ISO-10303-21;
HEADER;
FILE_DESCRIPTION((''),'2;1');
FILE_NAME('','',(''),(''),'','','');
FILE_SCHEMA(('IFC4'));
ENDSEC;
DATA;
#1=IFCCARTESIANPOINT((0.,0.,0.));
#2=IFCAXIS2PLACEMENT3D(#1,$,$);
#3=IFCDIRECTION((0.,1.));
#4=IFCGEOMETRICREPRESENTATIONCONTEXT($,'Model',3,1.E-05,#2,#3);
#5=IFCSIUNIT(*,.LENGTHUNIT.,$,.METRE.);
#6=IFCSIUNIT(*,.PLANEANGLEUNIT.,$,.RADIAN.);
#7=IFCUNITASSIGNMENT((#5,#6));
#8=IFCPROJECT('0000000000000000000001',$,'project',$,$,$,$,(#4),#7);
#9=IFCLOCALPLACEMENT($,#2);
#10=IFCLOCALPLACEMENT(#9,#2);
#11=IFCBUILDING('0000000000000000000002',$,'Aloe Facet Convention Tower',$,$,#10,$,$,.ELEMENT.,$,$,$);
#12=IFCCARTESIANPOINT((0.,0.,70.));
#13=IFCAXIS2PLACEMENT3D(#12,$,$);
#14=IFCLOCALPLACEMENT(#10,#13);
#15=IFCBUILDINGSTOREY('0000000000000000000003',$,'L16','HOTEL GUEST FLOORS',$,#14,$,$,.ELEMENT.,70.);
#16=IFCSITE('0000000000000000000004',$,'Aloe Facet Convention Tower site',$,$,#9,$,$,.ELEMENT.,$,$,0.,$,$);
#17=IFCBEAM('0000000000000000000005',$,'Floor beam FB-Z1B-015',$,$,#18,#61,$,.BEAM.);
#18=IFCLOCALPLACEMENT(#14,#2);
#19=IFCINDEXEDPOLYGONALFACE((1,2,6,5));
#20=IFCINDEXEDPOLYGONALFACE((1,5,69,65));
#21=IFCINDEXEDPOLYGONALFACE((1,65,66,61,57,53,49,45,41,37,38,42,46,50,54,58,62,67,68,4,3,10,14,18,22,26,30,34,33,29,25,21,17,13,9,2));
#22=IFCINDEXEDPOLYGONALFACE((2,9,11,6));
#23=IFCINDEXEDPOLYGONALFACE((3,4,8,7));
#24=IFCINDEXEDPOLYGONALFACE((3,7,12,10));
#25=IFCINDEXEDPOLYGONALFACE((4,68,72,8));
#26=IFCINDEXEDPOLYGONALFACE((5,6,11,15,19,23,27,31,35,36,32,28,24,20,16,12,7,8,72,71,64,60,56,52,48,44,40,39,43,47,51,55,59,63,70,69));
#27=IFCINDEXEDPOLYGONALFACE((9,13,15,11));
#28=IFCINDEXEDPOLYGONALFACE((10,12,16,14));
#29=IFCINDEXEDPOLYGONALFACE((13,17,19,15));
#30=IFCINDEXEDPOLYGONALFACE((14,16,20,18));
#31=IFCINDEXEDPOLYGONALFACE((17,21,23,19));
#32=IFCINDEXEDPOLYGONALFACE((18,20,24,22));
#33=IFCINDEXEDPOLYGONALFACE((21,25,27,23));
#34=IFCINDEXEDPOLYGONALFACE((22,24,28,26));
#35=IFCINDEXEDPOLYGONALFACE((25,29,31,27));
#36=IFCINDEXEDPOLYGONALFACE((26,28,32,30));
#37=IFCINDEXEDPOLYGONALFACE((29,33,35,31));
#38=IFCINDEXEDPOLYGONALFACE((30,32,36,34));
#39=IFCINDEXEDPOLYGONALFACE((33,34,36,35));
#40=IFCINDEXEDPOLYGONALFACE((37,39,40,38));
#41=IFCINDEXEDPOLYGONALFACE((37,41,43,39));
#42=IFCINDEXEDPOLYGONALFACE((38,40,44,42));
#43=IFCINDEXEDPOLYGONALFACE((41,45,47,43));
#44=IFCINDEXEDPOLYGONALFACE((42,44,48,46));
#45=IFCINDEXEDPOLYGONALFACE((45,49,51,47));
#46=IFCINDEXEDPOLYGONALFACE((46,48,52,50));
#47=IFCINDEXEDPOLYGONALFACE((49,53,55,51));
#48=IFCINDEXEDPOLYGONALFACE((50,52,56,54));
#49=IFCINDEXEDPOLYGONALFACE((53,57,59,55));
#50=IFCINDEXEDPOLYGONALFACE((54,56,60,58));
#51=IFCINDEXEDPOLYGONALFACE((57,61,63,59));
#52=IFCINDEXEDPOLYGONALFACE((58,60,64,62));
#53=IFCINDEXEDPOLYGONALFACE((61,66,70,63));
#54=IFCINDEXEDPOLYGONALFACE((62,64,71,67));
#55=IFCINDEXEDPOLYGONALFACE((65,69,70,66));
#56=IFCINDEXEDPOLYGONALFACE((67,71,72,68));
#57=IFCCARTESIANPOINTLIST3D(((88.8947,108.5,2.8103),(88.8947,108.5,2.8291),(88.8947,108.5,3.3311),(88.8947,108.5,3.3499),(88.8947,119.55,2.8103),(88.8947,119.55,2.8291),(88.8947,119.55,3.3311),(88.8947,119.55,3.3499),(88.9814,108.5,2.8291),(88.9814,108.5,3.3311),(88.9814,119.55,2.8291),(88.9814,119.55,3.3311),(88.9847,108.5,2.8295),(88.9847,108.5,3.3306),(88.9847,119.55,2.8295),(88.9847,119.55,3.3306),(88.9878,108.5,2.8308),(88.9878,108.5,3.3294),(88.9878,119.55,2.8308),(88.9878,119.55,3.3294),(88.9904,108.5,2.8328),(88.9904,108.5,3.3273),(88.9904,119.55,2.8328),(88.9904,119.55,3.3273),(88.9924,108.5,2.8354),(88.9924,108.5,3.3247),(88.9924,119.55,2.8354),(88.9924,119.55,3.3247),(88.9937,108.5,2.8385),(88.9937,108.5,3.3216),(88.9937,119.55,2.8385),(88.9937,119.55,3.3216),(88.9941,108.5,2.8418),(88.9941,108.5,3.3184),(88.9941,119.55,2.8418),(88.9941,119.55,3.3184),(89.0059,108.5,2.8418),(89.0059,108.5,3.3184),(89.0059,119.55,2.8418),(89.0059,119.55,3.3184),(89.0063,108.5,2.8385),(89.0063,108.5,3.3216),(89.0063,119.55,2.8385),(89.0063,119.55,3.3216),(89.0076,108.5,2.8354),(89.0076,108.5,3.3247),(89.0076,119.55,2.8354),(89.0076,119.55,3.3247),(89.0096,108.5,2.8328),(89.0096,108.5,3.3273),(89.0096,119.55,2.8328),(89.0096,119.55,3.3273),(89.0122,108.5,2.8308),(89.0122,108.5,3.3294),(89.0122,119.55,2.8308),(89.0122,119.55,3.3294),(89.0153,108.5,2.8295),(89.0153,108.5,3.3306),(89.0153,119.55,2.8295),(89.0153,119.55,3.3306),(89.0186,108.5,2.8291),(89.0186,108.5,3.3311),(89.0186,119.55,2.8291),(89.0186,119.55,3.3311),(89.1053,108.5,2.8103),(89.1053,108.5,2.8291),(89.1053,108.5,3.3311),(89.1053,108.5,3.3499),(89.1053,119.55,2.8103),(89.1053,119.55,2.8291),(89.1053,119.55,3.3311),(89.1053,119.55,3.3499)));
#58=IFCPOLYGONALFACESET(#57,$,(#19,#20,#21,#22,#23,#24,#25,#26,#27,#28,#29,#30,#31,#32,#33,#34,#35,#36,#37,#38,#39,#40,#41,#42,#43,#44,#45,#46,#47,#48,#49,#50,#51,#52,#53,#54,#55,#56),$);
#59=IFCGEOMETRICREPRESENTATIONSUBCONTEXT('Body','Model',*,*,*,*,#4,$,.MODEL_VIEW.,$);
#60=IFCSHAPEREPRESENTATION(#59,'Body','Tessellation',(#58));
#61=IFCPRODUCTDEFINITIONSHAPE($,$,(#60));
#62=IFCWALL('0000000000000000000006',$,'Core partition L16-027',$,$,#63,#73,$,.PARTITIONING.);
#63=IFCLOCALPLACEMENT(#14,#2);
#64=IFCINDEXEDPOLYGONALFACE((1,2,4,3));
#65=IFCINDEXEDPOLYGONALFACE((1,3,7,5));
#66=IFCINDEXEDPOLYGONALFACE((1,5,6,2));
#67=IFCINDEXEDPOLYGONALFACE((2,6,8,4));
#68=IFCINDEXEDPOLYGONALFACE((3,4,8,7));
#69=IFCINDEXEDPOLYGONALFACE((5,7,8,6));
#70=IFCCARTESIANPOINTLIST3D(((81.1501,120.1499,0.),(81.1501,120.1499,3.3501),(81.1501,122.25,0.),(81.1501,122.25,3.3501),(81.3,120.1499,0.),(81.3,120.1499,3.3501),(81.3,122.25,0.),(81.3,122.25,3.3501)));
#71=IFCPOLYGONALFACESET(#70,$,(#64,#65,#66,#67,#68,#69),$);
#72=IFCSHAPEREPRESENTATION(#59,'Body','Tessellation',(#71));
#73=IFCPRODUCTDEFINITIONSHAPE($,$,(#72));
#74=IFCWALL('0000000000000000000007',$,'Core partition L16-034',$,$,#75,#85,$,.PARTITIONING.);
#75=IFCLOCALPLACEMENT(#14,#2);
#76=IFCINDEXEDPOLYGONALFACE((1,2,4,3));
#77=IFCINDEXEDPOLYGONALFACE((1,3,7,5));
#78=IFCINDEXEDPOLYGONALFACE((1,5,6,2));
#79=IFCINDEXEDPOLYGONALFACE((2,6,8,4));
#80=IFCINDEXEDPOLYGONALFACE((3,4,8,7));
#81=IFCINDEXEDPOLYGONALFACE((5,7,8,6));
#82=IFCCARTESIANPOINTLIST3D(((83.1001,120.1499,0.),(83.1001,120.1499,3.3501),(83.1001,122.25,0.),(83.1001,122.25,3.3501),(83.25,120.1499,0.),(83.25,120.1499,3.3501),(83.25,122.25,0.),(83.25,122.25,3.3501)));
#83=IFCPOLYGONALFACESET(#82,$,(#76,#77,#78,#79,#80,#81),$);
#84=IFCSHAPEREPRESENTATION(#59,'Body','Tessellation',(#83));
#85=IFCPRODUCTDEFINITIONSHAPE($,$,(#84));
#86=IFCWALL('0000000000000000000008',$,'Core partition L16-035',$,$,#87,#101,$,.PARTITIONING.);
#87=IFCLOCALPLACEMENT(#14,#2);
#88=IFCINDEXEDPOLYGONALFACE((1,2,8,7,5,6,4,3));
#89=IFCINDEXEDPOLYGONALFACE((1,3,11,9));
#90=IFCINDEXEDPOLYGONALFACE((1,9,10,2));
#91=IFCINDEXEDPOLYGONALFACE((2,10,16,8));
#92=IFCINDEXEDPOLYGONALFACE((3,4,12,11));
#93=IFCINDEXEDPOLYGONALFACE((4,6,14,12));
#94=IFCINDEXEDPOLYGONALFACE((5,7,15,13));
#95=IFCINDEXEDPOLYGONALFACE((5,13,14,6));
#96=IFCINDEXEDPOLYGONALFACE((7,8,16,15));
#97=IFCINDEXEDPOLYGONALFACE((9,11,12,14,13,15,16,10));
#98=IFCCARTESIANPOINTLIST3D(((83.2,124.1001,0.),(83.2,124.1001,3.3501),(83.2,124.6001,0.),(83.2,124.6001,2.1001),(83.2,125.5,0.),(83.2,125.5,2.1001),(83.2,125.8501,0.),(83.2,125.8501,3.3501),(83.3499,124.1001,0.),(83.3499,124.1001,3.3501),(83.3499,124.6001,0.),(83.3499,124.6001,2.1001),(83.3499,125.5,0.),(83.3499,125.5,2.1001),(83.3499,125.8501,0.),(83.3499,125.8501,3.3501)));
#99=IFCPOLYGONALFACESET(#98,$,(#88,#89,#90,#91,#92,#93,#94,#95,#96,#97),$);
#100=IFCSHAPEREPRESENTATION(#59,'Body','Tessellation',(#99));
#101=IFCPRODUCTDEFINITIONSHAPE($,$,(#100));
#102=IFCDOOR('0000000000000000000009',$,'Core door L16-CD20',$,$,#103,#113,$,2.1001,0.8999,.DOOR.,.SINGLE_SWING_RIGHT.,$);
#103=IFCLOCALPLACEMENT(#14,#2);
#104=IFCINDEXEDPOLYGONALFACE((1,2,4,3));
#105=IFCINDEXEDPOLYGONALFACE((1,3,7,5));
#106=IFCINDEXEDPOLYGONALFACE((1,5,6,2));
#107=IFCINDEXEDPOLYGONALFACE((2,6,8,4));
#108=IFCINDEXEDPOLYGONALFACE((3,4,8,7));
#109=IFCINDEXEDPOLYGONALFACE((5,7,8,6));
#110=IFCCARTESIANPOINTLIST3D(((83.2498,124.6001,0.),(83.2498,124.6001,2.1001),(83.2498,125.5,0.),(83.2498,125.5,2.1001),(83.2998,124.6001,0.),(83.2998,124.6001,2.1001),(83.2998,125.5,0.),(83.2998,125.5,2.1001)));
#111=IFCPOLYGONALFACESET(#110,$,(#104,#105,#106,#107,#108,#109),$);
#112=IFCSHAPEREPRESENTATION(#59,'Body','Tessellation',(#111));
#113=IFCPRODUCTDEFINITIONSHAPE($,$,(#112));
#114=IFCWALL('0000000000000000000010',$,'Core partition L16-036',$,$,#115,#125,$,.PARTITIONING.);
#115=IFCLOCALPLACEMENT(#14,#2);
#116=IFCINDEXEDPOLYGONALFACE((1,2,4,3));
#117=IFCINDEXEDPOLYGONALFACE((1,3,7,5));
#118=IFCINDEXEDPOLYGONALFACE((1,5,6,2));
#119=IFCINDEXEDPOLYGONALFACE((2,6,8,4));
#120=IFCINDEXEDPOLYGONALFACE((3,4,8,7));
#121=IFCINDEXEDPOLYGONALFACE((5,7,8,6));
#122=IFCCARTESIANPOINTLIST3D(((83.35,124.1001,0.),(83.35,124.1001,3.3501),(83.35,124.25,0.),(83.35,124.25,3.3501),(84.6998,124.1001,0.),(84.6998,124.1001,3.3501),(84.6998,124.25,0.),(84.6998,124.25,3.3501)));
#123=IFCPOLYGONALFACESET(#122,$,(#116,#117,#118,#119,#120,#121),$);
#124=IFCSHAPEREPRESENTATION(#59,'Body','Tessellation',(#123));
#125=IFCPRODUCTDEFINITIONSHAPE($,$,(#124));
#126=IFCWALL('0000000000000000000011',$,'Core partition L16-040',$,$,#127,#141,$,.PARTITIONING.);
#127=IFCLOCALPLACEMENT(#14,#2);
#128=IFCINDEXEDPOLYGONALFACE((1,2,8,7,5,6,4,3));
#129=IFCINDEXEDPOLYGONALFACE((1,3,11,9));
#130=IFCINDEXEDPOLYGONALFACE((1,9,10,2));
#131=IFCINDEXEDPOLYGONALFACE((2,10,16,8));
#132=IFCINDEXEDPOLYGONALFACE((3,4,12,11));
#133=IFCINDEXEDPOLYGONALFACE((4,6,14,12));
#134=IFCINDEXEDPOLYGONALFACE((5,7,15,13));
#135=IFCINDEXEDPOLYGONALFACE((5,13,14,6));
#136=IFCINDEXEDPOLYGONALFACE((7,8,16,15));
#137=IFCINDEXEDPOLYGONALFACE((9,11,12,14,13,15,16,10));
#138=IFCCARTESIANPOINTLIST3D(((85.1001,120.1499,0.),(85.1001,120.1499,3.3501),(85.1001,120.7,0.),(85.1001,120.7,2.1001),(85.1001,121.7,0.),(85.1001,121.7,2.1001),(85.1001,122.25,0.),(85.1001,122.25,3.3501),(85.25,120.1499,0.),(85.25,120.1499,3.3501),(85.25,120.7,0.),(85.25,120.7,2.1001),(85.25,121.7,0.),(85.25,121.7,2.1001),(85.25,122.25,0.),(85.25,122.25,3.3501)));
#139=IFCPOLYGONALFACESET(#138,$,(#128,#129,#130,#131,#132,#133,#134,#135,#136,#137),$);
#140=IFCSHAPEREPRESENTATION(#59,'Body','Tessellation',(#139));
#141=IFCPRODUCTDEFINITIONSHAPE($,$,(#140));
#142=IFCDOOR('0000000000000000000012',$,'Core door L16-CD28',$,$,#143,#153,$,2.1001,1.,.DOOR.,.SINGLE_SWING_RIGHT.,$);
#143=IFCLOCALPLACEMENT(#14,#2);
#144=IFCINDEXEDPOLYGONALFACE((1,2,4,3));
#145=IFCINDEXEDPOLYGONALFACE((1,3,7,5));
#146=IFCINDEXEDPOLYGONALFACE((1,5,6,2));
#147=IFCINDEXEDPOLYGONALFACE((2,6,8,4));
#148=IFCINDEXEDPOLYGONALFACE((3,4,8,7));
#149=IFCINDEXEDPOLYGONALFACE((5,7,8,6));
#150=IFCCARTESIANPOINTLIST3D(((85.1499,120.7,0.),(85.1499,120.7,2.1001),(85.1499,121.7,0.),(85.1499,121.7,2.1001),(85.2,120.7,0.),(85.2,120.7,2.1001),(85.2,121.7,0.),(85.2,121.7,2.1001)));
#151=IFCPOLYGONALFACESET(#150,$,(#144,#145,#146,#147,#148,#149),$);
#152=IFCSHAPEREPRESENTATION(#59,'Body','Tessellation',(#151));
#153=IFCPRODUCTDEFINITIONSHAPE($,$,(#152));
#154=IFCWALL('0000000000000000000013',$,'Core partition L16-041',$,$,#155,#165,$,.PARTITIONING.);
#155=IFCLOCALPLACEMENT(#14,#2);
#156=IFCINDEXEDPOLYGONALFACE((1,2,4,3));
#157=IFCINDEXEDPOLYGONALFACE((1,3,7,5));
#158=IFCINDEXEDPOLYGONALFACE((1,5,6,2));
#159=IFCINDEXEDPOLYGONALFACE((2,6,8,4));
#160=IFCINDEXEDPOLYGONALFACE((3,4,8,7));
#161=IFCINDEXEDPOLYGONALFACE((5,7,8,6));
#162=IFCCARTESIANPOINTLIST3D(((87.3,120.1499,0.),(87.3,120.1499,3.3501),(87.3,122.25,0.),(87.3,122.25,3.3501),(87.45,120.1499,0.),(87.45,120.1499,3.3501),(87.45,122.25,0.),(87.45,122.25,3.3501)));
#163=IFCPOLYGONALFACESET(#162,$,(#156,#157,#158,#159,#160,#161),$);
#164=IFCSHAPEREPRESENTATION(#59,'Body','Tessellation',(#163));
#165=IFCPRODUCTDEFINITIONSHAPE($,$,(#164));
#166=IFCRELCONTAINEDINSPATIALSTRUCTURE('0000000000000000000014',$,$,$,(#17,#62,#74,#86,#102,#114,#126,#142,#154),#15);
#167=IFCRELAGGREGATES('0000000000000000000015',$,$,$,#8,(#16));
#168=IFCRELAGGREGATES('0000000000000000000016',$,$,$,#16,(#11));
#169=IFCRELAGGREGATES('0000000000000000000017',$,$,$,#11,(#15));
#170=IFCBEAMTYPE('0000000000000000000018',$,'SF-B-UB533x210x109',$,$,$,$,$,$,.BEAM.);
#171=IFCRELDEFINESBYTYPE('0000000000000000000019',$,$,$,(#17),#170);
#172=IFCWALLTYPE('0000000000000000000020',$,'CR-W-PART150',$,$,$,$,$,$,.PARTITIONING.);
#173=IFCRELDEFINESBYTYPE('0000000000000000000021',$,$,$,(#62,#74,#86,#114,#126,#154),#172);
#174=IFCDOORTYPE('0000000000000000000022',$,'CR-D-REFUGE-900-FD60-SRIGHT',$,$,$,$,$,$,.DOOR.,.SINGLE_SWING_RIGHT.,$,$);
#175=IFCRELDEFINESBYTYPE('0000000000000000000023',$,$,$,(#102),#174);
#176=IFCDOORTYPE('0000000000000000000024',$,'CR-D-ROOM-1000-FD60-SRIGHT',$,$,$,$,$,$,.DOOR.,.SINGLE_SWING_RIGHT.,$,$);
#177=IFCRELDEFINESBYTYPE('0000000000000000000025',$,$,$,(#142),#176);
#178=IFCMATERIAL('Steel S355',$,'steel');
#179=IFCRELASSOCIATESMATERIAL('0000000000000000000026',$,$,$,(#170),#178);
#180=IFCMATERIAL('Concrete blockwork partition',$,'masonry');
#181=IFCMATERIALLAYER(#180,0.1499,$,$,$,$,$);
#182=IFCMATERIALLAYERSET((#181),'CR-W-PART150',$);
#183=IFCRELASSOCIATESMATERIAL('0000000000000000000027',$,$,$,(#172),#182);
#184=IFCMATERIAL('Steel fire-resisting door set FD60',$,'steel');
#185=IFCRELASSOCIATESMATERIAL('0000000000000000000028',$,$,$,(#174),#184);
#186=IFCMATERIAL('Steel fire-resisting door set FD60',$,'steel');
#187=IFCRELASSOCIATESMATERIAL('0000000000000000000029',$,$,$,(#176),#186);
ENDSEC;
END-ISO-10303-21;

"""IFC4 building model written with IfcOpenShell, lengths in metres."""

from ifc_helpers import new_model, si_unit, direction, frame, frame_2d, origin, origin_2d, place, context, subcontext, project, spatial, rectangle, i_section, extrude, material, layer, layer_set, material_profile, profile_set, type_object, element, fill, save


model = new_model("IFC4")

# Units and contexts
model_context = context("Model", 3, precision=1e-05, world=origin(), true_north=direction((0.0, 1.0)))
body_context = subcontext(model_context, "Body", "Model", "MODEL_VIEW")
ifc_project = project(units=[si_unit("LENGTHUNIT", "METRE"), si_unit("PLANEANGLEUNIT", "RADIAN")], contexts=[model_context])

# Site, building, storey
site_placement = place(None, origin())
site = spatial("IfcSite", under=ifc_project, at=site_placement, Name="Aloe Facet Convention Tower site", CompositionType="ELEMENT", RefElevation=0.0)
building_placement = place(site_placement, origin())
building = spatial("IfcBuilding", under=site, at=building_placement, Name="Aloe Facet Convention Tower", CompositionType="ELEMENT")
storey_placement = place(building_placement, frame((0.0, 0.0, 70.0)))
storey = spatial("IfcBuildingStorey", under=building, at=storey_placement, Name="L16", Description="HOTEL GUEST FLOORS", CompositionType="ELEMENT", Elevation=70.0)

# Beam
ifc_material_1 = material(Name="Steel S355", Category="steel")
ifc_material_profile = material_profile(ifc_material_1, i_section(OverallWidth=0.2107, OverallDepth=0.5396, WebThickness=0.0117, FlangeThickness=0.0188, FilletRadius=0.0127, at=origin_2d()), Name="UB 533x210x109")
ifc_profile_set = profile_set([ifc_material_profile], Name="Steel S355")
beam_type = type_object("IfcBeamType", Name="SF-B-UB533x210x109", PredefinedType="BEAM", material=ifc_profile_set)
beam_placement = place(storey_placement, frame((89.0, 119.55, 3.0801), z_axis=(0.0, -1.0, 0.0), x_axis=(1.0, 0.0, 0.0)))
element("IfcBeam", 1, at=beam_placement, inside=storey, type_object=beam_type, Name="Floor beam FB-Z1B-015", PredefinedType="BEAM", context=body_context, shape_type="SweptSolid", body=[
    extrude(i_section(OverallWidth=0.2107, OverallDepth=0.5396, WebThickness=0.0117, FlangeThickness=0.0188, FilletRadius=0.0127, at=origin_2d()), origin(), (0.0, 0.0, 1.0), 11.05),
])

# Walls
ifc_material_2 = material(Name="Concrete blockwork partition", Category="masonry")
ifc_layer_1 = layer(ifc_material_2, 0.1499)
ifc_layer_set_1 = layer_set([ifc_layer_1], Name="CR-W-PART150")
wall_type_1 = type_object("IfcWallType", Name="CR-W-PART150", PredefinedType="PARTITIONING", material=ifc_layer_set_1)
for number, where, z_axis, x_axis, name in (
    (2, (81.2251, 122.25, 0.0), (0.0, 0.0, 1.0), (0.0, -1.0, 0.0), "Core partition L16-027"),
    (3, (83.175, 122.25, 0.0), (0.0, 0.0, 1.0), (0.0, -1.0, 0.0), "Core partition L16-034"),
):
    element("IfcWall", number, at=place(storey_placement, frame(where, z_axis=z_axis, x_axis=x_axis)), inside=storey, type_object=wall_type_1, Name=name, PredefinedType="PARTITIONING", context=body_context, shape_type="SweptSolid", body=[
        extrude(rectangle(XDim=2.1001, YDim=0.1499, at=frame_2d((1.05, 0.0))), origin(), (0.0, 0.0, 1.0), 3.3501),
    ])

# Wall, opening, door
wall_1_placement = place(storey_placement, frame((83.2749, 125.8501, 0.0), z_axis=(0.0, 0.0, 1.0), x_axis=(0.0, -1.0, 0.0)))
wall_1 = element("IfcWall", 4, at=wall_1_placement, inside=storey, type_object=wall_type_1, Name="Core partition L16-035", PredefinedType="PARTITIONING", context=body_context, shape_type="SweptSolid", body=[
    extrude(rectangle(XDim=1.75, YDim=0.1499, at=frame_2d((0.875, 0.0))), origin(), (0.0, 0.0, 1.0), 3.3501),
])
opening_1_placement = place(wall_1_placement, frame((0.3501, 0.0, 0.0)))
opening_1 = element("IfcOpeningElement", 5, at=opening_1_placement, cuts=wall_1, PredefinedType="OPENING", context=body_context, shape_type="SweptSolid", body=[
    extrude(rectangle(XDim=0.8999, YDim=2.1001, at=frame_2d((0.45, 1.05))), frame((0.0, 0.085, 0.0), z_axis=(0.0, -1.0, 0.0), x_axis=(1.0, 0.0, 0.0)), (0.0, 0.0, 1.0), 0.1699),
])
ifc_material_3 = material(Name="Steel fire-resisting door set FD60", Category="steel")
door_type_1 = type_object("IfcDoorType", Name="CR-D-REFUGE-900-FD60-SRIGHT", OperationType="SINGLE_SWING_RIGHT", PredefinedType="DOOR", material=ifc_material_3)
door_1_placement = place(opening_1_placement, origin())
door_1 = element("IfcDoor", 6, at=door_1_placement, inside=storey, type_object=door_type_1, Name="Core door L16-CD20", OperationType="SINGLE_SWING_RIGHT", OverallHeight=2.1001, OverallWidth=0.8999, PredefinedType="DOOR", context=body_context, shape_type="SweptSolid", body=[
    extrude(rectangle(XDim=0.8999, YDim=2.1001, at=frame_2d((0.45, 1.05))), frame((0.0, 0.0249, 0.0), z_axis=(0.0, -1.0, 0.0), x_axis=(1.0, 0.0, 0.0)), (0.0, 0.0, 1.0), 0.05),
])
fill(opening_1, door_1)

# Wall
wall_2_placement = place(storey_placement, frame((83.3501, 124.175, 0.0), z_axis=(0.0, 0.0, 1.0), x_axis=(1.0, 0.0, 0.0)))
element("IfcWall", 7, at=wall_2_placement, inside=storey, type_object=wall_type_1, Name="Core partition L16-036", PredefinedType="PARTITIONING", context=body_context, shape_type="SweptSolid", body=[
    extrude(rectangle(XDim=1.3499, YDim=0.1499, at=frame_2d((0.6748, 0.0))), origin(), (0.0, 0.0, 1.0), 3.3501),
])

# Wall, opening, door
wall_3_placement = place(storey_placement, frame((85.175, 122.25, 0.0), z_axis=(0.0, 0.0, 1.0), x_axis=(0.0, -1.0, 0.0)))
wall_3 = element("IfcWall", 8, at=wall_3_placement, inside=storey, type_object=wall_type_1, Name="Core partition L16-040", PredefinedType="PARTITIONING", context=body_context, shape_type="SweptSolid", body=[
    extrude(rectangle(XDim=2.1001, YDim=0.1499, at=frame_2d((1.05, 0.0))), origin(), (0.0, 0.0, 1.0), 3.3501),
])
opening_2_placement = place(wall_3_placement, frame((0.55, 0.0, 0.0)))
opening_2 = element("IfcOpeningElement", 9, at=opening_2_placement, cuts=wall_3, PredefinedType="OPENING", context=body_context, shape_type="SweptSolid", body=[
    extrude(rectangle(XDim=1.0, YDim=2.1001, at=frame_2d((0.5, 1.05))), frame((0.0, 0.085, 0.0), z_axis=(0.0, -1.0, 0.0), x_axis=(1.0, 0.0, 0.0)), (0.0, 0.0, 1.0), 0.1699),
])
ifc_material_4 = material(Name="Steel fire-resisting door set FD60", Category="steel")
door_type_2 = type_object("IfcDoorType", Name="CR-D-ROOM-1000-FD60-SRIGHT", OperationType="SINGLE_SWING_RIGHT", PredefinedType="DOOR", material=ifc_material_4)
door_2_placement = place(opening_2_placement, origin())
door_2 = element("IfcDoor", 10, at=door_2_placement, inside=storey, type_object=door_type_2, Name="Core door L16-CD28", OperationType="SINGLE_SWING_RIGHT", OverallHeight=2.1001, OverallWidth=1.0, PredefinedType="DOOR", context=body_context, shape_type="SweptSolid", body=[
    extrude(rectangle(XDim=1.0, YDim=2.1001, at=frame_2d((0.5, 1.05))), frame((0.0, 0.0249, 0.0), z_axis=(0.0, -1.0, 0.0), x_axis=(1.0, 0.0, 0.0)), (0.0, 0.0, 1.0), 0.05),
])
fill(opening_2, door_2)

# Wall
wall_4_placement = place(storey_placement, frame((87.375, 122.25, 0.0), z_axis=(0.0, 0.0, 1.0), x_axis=(0.0, -1.0, 0.0)))
element("IfcWall", 11, at=wall_4_placement, inside=storey, type_object=wall_type_1, Name="Core partition L16-041", PredefinedType="PARTITIONING", context=body_context, shape_type="SweptSolid", body=[
    extrude(rectangle(XDim=2.1001, YDim=0.1499, at=frame_2d((1.05, 0.0))), origin(), (0.0, 0.0, 1.0), 3.3501),
])

save(model, "model.ifc")
